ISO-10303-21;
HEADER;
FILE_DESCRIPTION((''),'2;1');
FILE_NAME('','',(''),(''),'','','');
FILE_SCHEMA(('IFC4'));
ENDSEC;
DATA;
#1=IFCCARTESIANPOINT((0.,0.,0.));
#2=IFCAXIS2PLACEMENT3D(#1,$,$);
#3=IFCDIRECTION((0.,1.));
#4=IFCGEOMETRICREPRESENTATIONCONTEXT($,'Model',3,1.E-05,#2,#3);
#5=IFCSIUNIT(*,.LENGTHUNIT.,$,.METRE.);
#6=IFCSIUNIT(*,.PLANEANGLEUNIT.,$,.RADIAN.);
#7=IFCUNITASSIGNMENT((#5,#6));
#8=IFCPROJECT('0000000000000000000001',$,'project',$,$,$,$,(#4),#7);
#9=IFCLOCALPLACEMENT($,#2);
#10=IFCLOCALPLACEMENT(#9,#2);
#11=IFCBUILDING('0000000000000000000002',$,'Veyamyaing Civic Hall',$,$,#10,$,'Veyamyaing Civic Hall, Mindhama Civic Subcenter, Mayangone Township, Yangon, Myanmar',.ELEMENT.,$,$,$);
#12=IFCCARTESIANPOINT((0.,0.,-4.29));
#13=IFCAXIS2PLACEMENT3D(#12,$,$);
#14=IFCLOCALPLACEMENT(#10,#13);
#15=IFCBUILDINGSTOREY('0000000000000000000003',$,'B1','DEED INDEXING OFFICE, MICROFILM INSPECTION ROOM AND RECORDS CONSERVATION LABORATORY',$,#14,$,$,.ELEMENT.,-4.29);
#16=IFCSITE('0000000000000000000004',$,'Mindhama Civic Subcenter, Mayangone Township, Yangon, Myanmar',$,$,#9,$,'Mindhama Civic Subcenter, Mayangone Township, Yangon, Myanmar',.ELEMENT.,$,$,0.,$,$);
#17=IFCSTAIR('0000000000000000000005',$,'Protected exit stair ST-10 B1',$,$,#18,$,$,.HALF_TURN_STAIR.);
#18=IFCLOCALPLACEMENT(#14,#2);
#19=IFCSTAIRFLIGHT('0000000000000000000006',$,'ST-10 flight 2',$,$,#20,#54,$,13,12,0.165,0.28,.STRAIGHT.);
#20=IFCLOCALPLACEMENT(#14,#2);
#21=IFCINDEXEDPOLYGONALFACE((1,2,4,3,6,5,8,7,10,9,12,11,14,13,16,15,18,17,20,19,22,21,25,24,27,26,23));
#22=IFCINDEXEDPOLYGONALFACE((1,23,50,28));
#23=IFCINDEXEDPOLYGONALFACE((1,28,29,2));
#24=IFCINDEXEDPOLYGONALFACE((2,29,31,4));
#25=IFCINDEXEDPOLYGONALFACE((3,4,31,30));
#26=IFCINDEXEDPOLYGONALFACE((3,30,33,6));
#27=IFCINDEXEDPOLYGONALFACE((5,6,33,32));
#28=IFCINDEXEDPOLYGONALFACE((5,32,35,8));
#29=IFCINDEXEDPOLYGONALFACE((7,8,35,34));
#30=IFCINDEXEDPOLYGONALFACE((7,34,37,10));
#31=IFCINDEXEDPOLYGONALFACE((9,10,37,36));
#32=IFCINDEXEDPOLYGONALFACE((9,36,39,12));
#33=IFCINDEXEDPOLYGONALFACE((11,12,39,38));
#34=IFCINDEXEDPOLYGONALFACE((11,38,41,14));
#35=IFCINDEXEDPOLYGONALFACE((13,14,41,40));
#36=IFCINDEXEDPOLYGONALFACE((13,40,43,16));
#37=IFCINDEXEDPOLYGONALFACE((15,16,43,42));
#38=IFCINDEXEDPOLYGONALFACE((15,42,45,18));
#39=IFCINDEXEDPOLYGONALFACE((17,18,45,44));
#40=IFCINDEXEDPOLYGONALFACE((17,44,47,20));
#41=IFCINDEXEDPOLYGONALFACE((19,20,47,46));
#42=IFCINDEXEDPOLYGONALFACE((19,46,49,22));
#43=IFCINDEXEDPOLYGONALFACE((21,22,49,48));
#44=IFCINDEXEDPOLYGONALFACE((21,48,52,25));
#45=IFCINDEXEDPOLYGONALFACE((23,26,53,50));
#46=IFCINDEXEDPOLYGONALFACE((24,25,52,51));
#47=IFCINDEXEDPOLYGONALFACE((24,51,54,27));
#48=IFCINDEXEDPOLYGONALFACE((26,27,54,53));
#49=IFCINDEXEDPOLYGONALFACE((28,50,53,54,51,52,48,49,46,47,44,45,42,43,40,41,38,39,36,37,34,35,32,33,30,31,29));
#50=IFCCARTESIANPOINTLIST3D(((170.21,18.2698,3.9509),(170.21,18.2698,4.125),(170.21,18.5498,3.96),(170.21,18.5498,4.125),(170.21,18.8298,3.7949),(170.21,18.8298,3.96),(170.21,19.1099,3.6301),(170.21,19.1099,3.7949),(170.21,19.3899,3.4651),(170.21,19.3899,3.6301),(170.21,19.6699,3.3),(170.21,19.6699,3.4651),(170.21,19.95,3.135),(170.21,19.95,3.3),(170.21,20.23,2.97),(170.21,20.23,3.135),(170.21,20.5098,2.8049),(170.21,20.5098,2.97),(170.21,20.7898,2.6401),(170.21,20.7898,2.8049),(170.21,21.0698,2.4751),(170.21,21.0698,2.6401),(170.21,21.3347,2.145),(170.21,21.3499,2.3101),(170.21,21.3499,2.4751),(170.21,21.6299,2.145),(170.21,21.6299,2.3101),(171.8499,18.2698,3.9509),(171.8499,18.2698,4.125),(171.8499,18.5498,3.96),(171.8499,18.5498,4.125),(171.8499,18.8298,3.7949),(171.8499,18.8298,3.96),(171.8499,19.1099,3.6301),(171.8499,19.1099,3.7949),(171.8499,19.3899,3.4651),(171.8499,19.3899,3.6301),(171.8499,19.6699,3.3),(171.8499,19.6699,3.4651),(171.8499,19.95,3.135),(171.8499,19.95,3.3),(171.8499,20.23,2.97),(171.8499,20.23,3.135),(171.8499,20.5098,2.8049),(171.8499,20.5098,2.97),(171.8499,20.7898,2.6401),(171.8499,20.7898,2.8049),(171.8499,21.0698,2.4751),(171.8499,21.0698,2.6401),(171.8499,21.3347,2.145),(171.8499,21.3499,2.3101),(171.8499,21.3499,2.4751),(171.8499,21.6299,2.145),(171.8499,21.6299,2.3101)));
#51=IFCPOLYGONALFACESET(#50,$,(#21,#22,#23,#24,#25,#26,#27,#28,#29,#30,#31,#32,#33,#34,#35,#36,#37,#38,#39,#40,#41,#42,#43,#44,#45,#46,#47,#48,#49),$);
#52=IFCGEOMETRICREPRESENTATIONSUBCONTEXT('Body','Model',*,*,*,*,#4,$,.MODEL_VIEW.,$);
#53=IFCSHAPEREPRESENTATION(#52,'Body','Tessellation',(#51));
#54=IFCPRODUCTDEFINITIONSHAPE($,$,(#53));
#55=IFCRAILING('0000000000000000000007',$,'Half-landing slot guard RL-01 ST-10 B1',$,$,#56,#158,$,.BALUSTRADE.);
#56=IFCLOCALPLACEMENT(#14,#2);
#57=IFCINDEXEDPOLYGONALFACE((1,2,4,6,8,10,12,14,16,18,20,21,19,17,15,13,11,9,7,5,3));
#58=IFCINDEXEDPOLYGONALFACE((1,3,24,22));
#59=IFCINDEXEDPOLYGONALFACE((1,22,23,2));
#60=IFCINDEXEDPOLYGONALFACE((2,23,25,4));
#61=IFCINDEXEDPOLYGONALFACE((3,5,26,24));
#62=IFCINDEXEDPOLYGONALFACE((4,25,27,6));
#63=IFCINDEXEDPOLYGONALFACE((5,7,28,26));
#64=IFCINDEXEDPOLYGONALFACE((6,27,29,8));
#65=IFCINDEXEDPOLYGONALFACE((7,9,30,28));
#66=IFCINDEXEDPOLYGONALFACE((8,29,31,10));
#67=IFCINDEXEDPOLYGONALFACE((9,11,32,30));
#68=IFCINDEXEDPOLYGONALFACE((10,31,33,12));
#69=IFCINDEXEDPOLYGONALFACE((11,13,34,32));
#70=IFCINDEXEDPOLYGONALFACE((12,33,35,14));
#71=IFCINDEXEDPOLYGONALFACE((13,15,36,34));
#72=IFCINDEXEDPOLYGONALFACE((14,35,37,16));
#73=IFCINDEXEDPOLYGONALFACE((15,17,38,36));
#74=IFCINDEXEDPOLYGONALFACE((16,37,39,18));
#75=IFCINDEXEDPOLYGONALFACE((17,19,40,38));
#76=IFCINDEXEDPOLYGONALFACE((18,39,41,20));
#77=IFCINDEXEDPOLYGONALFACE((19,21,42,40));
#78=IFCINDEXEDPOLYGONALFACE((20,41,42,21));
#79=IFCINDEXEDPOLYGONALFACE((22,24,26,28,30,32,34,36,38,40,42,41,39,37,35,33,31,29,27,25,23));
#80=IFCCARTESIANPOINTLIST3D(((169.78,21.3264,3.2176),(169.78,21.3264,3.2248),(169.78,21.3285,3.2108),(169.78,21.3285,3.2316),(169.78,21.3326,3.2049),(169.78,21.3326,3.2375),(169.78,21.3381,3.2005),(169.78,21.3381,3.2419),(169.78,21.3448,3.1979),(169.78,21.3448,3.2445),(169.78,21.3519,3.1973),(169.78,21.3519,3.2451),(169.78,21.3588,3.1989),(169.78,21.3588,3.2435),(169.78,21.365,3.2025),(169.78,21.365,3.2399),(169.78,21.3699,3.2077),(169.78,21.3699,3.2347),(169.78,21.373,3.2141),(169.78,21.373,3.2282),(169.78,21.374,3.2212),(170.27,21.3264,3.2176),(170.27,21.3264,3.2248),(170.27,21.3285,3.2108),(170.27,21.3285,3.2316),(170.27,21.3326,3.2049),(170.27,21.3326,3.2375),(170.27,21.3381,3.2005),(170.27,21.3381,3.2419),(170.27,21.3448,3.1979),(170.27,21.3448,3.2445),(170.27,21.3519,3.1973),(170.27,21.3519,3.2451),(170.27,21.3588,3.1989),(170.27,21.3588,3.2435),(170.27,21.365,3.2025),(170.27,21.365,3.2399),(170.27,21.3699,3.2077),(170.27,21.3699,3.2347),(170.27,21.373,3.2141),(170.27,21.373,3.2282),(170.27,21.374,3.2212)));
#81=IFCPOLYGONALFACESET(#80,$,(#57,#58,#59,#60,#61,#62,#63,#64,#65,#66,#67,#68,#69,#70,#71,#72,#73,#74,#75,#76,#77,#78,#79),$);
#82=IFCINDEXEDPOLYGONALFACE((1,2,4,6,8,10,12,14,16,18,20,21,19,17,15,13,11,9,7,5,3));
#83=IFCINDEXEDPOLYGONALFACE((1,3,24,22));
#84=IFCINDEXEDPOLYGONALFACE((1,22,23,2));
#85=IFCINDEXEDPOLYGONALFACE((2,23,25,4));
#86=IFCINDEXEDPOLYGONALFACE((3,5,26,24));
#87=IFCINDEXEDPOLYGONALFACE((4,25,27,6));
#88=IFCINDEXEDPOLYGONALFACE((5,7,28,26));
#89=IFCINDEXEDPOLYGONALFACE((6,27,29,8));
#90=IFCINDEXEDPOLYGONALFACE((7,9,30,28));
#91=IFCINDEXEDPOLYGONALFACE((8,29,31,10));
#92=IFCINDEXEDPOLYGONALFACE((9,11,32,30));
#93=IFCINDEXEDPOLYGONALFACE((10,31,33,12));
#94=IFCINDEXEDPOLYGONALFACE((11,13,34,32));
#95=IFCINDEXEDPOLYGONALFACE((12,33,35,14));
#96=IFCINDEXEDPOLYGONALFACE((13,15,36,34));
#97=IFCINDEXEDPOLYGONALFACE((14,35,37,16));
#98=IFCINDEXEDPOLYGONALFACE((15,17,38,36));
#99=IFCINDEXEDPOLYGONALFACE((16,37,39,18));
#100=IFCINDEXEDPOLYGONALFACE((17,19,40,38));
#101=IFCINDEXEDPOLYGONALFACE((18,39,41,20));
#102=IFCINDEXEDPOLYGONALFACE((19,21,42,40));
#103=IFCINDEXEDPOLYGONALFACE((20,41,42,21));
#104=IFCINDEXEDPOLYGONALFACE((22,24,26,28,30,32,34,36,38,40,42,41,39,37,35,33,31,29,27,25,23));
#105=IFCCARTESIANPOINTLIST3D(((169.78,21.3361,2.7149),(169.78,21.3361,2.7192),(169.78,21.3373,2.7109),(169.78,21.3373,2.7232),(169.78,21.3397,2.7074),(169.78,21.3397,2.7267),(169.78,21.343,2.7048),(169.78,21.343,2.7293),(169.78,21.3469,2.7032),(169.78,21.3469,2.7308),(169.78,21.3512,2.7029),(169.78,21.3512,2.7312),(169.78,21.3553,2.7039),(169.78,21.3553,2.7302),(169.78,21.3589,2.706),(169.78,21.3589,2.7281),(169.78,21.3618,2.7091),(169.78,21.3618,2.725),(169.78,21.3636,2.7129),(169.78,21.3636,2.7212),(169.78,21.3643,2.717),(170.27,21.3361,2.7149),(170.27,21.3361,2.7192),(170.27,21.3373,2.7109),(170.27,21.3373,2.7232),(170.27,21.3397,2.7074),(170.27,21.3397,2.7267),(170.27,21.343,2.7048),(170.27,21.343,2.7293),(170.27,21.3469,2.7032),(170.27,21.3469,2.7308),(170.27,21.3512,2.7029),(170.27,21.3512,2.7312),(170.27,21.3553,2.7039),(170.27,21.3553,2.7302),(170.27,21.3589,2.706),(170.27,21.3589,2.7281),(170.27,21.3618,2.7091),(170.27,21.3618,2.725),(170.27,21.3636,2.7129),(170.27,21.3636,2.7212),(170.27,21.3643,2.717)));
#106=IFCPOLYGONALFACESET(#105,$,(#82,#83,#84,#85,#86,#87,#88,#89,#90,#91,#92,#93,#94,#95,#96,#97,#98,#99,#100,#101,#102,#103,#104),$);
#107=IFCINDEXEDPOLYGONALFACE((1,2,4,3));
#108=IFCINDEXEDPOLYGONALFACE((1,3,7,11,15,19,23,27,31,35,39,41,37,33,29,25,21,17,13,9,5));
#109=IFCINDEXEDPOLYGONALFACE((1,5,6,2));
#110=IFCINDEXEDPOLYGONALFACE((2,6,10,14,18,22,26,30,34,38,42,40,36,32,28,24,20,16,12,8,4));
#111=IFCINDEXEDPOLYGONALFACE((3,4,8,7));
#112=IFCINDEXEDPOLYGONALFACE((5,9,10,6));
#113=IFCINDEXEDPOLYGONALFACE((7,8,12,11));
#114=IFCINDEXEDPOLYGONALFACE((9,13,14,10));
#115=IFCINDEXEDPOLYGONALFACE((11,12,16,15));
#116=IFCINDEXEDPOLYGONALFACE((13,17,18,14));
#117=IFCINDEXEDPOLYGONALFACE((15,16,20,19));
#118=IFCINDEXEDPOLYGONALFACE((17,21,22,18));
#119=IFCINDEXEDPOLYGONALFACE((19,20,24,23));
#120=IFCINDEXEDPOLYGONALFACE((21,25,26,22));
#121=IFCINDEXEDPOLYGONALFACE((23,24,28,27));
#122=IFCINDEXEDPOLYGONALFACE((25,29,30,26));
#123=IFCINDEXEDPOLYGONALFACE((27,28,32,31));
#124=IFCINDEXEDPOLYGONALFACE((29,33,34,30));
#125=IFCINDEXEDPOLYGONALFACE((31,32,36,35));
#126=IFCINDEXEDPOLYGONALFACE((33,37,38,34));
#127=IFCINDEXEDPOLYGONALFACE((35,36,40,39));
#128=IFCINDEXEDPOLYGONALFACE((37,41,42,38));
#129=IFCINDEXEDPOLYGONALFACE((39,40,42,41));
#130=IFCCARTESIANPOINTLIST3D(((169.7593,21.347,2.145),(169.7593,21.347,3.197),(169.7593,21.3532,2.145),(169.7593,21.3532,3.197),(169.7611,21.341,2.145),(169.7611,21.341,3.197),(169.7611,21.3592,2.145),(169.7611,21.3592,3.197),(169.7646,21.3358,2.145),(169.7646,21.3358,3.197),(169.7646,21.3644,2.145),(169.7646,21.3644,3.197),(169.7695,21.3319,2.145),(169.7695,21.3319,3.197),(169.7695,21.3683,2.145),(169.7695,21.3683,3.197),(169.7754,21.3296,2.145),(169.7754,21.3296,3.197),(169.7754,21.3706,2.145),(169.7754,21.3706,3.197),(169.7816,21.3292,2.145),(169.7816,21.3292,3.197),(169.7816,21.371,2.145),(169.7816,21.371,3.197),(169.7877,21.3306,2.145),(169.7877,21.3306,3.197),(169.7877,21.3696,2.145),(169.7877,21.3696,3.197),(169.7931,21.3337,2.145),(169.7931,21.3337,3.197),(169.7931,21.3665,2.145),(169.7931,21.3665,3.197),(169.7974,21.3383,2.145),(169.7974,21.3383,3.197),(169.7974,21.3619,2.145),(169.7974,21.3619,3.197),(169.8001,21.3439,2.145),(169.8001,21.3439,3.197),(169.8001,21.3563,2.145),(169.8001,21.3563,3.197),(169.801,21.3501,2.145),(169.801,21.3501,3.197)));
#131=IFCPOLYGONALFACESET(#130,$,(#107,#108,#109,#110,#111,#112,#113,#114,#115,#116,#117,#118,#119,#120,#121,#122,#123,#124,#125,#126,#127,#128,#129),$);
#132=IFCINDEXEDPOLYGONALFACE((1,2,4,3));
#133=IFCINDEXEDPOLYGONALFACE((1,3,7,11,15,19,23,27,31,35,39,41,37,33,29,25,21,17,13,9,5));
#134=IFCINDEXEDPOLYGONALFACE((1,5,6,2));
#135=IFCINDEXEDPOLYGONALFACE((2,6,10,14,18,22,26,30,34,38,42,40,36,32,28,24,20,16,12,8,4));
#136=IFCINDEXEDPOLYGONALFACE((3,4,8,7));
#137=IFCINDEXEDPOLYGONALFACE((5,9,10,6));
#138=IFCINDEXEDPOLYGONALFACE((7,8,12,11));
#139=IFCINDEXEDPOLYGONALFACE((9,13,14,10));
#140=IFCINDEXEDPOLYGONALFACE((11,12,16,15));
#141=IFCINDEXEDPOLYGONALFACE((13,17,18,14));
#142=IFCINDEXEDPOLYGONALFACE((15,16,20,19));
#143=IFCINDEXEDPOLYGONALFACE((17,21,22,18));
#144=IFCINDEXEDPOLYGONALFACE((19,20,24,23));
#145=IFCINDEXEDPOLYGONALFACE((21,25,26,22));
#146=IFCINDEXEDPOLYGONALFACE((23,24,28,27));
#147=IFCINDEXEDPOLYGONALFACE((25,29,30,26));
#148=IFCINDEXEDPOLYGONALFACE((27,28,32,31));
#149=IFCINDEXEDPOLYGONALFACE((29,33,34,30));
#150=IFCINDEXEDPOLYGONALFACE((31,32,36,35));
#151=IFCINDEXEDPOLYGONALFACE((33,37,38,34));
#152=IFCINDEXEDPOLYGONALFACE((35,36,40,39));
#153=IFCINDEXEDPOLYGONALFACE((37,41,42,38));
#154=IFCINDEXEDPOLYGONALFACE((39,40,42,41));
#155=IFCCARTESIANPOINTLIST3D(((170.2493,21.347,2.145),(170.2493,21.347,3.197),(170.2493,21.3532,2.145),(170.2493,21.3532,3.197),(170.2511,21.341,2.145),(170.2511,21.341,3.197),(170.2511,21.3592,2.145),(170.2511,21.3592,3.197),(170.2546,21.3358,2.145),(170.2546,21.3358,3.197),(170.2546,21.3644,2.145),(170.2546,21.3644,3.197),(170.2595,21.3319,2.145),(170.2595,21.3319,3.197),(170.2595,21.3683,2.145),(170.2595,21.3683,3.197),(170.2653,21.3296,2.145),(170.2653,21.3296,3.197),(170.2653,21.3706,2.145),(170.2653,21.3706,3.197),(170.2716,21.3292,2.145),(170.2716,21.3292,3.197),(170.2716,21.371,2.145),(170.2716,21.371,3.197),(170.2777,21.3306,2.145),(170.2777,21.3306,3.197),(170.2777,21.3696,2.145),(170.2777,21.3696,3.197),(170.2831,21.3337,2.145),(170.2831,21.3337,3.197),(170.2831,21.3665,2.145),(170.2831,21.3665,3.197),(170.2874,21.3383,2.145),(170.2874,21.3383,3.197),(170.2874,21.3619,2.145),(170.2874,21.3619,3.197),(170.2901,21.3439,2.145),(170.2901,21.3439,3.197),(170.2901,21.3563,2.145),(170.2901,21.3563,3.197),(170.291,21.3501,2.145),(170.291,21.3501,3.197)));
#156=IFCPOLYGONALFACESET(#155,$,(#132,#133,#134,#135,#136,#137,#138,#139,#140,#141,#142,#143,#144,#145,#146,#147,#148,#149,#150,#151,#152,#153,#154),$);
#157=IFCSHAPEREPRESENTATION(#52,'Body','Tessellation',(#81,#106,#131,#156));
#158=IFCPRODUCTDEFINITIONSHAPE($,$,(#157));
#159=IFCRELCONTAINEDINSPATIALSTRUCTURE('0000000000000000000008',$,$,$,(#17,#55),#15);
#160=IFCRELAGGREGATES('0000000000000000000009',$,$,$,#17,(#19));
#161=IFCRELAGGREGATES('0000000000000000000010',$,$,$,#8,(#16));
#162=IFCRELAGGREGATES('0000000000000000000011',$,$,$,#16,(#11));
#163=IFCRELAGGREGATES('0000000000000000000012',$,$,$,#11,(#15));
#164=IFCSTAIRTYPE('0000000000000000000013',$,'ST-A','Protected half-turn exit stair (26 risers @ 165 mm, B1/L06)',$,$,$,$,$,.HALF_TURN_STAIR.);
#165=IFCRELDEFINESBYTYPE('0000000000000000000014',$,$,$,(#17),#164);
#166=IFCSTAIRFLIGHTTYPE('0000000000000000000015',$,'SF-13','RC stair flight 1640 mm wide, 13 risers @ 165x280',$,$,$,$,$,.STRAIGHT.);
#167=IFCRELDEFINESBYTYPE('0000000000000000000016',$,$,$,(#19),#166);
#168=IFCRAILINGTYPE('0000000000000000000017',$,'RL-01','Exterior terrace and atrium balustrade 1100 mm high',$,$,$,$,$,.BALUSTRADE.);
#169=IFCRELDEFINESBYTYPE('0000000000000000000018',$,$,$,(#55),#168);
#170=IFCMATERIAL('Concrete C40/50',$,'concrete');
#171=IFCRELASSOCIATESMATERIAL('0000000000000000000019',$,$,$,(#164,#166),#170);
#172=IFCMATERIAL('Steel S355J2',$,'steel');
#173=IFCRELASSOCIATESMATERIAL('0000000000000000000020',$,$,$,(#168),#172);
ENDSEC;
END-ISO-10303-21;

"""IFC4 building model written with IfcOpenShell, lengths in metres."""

from ifc_helpers import new_model, si_unit, direction, frame, origin, origin_2d, place, context, subcontext, project, spatial, polyline, circle, outline, extrude, material, type_object, element, aggregate, save


model = new_model("IFC4")

# Units and contexts
model_context = context("Model", 3, precision=1e-05, world=origin(), true_north=direction((0.0, 1.0)))
body_context = subcontext(model_context, "Body", "Model", "MODEL_VIEW")
ifc_project = project(units=[si_unit("LENGTHUNIT", "METRE"), si_unit("PLANEANGLEUNIT", "RADIAN")], contexts=[model_context])

# Site, building, storey
site_placement = place(None, origin())
site = spatial("IfcSite", under=ifc_project, at=site_placement, Name="Mindhama Civic Subcenter, Mayangone Township, Yangon, Myanmar", LongName="Mindhama Civic Subcenter, Mayangone Township, Yangon, Myanmar", CompositionType="ELEMENT", RefElevation=0.0)
building_placement = place(site_placement, origin())
building = spatial("IfcBuilding", under=site, at=building_placement, Name="Veyamyaing Civic Hall", LongName="Veyamyaing Civic Hall, Mindhama Civic Subcenter, Mayangone Township, Yangon, Myanmar", CompositionType="ELEMENT")
storey_placement = place(building_placement, frame((0.0, 0.0, -4.29)))
storey = spatial("IfcBuildingStorey", under=building, at=storey_placement, Name="B1", Description="DEED INDEXING OFFICE, MICROFILM INSPECTION ROOM AND RECORDS CONSERVATION LABORATORY", CompositionType="ELEMENT", Elevation=-4.29)

# Shared definitions
ifc_material_1 = material(Name="Concrete C40/50", Category="concrete")

# Stair, stair flight
stair_type = type_object("IfcStairType", Name="ST-A", Description="Protected half-turn exit stair (26 risers @ 165 mm, B1/L06)", PredefinedType="HALF_TURN_STAIR", material=ifc_material_1)
stair_placement = place(storey_placement, origin())
stair = element("IfcStair", 1, at=stair_placement, inside=storey, type_object=stair_type, Name="Protected exit stair ST-10 B1", PredefinedType="HALF_TURN_STAIR")
stair_flight_type = type_object("IfcStairFlightType", Name="SF-13", Description="RC stair flight 1640 mm wide, 13 risers @ 165x280", PredefinedType="STRAIGHT", material=ifc_material_1)
stair_flight_1_placement = place(storey_placement, frame((171.03, 21.6299, 2.145), z_axis=(0.0, 0.0, 1.0), x_axis=(0.0, -1.0, 0.0)))
stair_flight_1 = element("IfcStairFlight", 2, at=stair_flight_1_placement, type_object=stair_flight_type, Name="ST-10 flight 2", NumberOfRisers=13, NumberOfTreads=12, PredefinedType="STRAIGHT", RiserHeight=0.165, TreadLength=0.28, context=body_context, shape_type="SweptSolid", body=[
    extrude(outline(polyline([(0.0, 0.0), (0.0, 0.165), (0.28, 0.165), (0.28, 0.3301), (0.5601, 0.3301), (0.5601, 0.4951), (0.8401, 0.4951), (0.8401, 0.6599), (1.1201, 0.6599), (1.1201, 0.825), (1.3999, 0.825), (1.3999, 0.99), (1.6799, 0.99), (1.6799, 1.155), (1.96, 1.155), (1.96, 1.3201), (2.24, 1.3201), (2.24, 1.4851), (2.52, 1.4851), (2.52, 1.6499), (2.8, 1.6499), (2.8, 1.8149), (3.0801, 1.8149), (3.0801, 1.98), (3.3601, 1.98), (3.3601, 2.145), (3.3601, 1.8059), (0.2952, 0.0), (0.0, 0.0)])), frame((0.0, 0.8198, 0.0), z_axis=(0.0, -1.0, 0.0), x_axis=(1.0, 0.0, 0.0)), (0.0, 0.0, 1.0), 1.6399),
])
aggregate(stair, [stair_flight_1])

# Railing
ifc_material_2 = material(Name="Steel S355J2", Category="steel")
railing_type_1 = type_object("IfcRailingType", Name="RL-01", Description="Exterior terrace and atrium balustrade 1100 mm high", PredefinedType="BALUSTRADE", material=ifc_material_2)
railing_1_placement = place(storey_placement, frame((169.78, 21.3501, 2.145)))
element("IfcRailing", 3, at=railing_1_placement, inside=storey, type_object=railing_type_1, Name="Half-landing slot guard RL-01 ST-10 B1", PredefinedType="BALUSTRADE", context=body_context, shape_type="SweptSolid", body=[
    extrude(circle(Radius=0.0239, at=origin_2d()), frame((0.0, 0.0, 1.0762), z_axis=(1.0, 0.0, 0.0), x_axis=(0.0, 1.0, 0.0)), (0.0, 0.0, 1.0), 0.49),
    extrude(circle(Radius=0.0142, at=origin_2d()), frame((0.0, 0.0, 0.572), z_axis=(1.0, 0.0, 0.0), x_axis=(0.0, 1.0, 0.0)), (0.0, 0.0, 1.0), 0.49),
    extrude(circle(Radius=0.021, at=origin_2d()), origin(), (0.0, 0.0, 1.0), 1.052),
    extrude(circle(Radius=0.021, at=origin_2d()), frame((0.49, 0.0, 0.0)), (0.0, 0.0, 1.0), 1.052),
])

save(model, "model.ifc")
